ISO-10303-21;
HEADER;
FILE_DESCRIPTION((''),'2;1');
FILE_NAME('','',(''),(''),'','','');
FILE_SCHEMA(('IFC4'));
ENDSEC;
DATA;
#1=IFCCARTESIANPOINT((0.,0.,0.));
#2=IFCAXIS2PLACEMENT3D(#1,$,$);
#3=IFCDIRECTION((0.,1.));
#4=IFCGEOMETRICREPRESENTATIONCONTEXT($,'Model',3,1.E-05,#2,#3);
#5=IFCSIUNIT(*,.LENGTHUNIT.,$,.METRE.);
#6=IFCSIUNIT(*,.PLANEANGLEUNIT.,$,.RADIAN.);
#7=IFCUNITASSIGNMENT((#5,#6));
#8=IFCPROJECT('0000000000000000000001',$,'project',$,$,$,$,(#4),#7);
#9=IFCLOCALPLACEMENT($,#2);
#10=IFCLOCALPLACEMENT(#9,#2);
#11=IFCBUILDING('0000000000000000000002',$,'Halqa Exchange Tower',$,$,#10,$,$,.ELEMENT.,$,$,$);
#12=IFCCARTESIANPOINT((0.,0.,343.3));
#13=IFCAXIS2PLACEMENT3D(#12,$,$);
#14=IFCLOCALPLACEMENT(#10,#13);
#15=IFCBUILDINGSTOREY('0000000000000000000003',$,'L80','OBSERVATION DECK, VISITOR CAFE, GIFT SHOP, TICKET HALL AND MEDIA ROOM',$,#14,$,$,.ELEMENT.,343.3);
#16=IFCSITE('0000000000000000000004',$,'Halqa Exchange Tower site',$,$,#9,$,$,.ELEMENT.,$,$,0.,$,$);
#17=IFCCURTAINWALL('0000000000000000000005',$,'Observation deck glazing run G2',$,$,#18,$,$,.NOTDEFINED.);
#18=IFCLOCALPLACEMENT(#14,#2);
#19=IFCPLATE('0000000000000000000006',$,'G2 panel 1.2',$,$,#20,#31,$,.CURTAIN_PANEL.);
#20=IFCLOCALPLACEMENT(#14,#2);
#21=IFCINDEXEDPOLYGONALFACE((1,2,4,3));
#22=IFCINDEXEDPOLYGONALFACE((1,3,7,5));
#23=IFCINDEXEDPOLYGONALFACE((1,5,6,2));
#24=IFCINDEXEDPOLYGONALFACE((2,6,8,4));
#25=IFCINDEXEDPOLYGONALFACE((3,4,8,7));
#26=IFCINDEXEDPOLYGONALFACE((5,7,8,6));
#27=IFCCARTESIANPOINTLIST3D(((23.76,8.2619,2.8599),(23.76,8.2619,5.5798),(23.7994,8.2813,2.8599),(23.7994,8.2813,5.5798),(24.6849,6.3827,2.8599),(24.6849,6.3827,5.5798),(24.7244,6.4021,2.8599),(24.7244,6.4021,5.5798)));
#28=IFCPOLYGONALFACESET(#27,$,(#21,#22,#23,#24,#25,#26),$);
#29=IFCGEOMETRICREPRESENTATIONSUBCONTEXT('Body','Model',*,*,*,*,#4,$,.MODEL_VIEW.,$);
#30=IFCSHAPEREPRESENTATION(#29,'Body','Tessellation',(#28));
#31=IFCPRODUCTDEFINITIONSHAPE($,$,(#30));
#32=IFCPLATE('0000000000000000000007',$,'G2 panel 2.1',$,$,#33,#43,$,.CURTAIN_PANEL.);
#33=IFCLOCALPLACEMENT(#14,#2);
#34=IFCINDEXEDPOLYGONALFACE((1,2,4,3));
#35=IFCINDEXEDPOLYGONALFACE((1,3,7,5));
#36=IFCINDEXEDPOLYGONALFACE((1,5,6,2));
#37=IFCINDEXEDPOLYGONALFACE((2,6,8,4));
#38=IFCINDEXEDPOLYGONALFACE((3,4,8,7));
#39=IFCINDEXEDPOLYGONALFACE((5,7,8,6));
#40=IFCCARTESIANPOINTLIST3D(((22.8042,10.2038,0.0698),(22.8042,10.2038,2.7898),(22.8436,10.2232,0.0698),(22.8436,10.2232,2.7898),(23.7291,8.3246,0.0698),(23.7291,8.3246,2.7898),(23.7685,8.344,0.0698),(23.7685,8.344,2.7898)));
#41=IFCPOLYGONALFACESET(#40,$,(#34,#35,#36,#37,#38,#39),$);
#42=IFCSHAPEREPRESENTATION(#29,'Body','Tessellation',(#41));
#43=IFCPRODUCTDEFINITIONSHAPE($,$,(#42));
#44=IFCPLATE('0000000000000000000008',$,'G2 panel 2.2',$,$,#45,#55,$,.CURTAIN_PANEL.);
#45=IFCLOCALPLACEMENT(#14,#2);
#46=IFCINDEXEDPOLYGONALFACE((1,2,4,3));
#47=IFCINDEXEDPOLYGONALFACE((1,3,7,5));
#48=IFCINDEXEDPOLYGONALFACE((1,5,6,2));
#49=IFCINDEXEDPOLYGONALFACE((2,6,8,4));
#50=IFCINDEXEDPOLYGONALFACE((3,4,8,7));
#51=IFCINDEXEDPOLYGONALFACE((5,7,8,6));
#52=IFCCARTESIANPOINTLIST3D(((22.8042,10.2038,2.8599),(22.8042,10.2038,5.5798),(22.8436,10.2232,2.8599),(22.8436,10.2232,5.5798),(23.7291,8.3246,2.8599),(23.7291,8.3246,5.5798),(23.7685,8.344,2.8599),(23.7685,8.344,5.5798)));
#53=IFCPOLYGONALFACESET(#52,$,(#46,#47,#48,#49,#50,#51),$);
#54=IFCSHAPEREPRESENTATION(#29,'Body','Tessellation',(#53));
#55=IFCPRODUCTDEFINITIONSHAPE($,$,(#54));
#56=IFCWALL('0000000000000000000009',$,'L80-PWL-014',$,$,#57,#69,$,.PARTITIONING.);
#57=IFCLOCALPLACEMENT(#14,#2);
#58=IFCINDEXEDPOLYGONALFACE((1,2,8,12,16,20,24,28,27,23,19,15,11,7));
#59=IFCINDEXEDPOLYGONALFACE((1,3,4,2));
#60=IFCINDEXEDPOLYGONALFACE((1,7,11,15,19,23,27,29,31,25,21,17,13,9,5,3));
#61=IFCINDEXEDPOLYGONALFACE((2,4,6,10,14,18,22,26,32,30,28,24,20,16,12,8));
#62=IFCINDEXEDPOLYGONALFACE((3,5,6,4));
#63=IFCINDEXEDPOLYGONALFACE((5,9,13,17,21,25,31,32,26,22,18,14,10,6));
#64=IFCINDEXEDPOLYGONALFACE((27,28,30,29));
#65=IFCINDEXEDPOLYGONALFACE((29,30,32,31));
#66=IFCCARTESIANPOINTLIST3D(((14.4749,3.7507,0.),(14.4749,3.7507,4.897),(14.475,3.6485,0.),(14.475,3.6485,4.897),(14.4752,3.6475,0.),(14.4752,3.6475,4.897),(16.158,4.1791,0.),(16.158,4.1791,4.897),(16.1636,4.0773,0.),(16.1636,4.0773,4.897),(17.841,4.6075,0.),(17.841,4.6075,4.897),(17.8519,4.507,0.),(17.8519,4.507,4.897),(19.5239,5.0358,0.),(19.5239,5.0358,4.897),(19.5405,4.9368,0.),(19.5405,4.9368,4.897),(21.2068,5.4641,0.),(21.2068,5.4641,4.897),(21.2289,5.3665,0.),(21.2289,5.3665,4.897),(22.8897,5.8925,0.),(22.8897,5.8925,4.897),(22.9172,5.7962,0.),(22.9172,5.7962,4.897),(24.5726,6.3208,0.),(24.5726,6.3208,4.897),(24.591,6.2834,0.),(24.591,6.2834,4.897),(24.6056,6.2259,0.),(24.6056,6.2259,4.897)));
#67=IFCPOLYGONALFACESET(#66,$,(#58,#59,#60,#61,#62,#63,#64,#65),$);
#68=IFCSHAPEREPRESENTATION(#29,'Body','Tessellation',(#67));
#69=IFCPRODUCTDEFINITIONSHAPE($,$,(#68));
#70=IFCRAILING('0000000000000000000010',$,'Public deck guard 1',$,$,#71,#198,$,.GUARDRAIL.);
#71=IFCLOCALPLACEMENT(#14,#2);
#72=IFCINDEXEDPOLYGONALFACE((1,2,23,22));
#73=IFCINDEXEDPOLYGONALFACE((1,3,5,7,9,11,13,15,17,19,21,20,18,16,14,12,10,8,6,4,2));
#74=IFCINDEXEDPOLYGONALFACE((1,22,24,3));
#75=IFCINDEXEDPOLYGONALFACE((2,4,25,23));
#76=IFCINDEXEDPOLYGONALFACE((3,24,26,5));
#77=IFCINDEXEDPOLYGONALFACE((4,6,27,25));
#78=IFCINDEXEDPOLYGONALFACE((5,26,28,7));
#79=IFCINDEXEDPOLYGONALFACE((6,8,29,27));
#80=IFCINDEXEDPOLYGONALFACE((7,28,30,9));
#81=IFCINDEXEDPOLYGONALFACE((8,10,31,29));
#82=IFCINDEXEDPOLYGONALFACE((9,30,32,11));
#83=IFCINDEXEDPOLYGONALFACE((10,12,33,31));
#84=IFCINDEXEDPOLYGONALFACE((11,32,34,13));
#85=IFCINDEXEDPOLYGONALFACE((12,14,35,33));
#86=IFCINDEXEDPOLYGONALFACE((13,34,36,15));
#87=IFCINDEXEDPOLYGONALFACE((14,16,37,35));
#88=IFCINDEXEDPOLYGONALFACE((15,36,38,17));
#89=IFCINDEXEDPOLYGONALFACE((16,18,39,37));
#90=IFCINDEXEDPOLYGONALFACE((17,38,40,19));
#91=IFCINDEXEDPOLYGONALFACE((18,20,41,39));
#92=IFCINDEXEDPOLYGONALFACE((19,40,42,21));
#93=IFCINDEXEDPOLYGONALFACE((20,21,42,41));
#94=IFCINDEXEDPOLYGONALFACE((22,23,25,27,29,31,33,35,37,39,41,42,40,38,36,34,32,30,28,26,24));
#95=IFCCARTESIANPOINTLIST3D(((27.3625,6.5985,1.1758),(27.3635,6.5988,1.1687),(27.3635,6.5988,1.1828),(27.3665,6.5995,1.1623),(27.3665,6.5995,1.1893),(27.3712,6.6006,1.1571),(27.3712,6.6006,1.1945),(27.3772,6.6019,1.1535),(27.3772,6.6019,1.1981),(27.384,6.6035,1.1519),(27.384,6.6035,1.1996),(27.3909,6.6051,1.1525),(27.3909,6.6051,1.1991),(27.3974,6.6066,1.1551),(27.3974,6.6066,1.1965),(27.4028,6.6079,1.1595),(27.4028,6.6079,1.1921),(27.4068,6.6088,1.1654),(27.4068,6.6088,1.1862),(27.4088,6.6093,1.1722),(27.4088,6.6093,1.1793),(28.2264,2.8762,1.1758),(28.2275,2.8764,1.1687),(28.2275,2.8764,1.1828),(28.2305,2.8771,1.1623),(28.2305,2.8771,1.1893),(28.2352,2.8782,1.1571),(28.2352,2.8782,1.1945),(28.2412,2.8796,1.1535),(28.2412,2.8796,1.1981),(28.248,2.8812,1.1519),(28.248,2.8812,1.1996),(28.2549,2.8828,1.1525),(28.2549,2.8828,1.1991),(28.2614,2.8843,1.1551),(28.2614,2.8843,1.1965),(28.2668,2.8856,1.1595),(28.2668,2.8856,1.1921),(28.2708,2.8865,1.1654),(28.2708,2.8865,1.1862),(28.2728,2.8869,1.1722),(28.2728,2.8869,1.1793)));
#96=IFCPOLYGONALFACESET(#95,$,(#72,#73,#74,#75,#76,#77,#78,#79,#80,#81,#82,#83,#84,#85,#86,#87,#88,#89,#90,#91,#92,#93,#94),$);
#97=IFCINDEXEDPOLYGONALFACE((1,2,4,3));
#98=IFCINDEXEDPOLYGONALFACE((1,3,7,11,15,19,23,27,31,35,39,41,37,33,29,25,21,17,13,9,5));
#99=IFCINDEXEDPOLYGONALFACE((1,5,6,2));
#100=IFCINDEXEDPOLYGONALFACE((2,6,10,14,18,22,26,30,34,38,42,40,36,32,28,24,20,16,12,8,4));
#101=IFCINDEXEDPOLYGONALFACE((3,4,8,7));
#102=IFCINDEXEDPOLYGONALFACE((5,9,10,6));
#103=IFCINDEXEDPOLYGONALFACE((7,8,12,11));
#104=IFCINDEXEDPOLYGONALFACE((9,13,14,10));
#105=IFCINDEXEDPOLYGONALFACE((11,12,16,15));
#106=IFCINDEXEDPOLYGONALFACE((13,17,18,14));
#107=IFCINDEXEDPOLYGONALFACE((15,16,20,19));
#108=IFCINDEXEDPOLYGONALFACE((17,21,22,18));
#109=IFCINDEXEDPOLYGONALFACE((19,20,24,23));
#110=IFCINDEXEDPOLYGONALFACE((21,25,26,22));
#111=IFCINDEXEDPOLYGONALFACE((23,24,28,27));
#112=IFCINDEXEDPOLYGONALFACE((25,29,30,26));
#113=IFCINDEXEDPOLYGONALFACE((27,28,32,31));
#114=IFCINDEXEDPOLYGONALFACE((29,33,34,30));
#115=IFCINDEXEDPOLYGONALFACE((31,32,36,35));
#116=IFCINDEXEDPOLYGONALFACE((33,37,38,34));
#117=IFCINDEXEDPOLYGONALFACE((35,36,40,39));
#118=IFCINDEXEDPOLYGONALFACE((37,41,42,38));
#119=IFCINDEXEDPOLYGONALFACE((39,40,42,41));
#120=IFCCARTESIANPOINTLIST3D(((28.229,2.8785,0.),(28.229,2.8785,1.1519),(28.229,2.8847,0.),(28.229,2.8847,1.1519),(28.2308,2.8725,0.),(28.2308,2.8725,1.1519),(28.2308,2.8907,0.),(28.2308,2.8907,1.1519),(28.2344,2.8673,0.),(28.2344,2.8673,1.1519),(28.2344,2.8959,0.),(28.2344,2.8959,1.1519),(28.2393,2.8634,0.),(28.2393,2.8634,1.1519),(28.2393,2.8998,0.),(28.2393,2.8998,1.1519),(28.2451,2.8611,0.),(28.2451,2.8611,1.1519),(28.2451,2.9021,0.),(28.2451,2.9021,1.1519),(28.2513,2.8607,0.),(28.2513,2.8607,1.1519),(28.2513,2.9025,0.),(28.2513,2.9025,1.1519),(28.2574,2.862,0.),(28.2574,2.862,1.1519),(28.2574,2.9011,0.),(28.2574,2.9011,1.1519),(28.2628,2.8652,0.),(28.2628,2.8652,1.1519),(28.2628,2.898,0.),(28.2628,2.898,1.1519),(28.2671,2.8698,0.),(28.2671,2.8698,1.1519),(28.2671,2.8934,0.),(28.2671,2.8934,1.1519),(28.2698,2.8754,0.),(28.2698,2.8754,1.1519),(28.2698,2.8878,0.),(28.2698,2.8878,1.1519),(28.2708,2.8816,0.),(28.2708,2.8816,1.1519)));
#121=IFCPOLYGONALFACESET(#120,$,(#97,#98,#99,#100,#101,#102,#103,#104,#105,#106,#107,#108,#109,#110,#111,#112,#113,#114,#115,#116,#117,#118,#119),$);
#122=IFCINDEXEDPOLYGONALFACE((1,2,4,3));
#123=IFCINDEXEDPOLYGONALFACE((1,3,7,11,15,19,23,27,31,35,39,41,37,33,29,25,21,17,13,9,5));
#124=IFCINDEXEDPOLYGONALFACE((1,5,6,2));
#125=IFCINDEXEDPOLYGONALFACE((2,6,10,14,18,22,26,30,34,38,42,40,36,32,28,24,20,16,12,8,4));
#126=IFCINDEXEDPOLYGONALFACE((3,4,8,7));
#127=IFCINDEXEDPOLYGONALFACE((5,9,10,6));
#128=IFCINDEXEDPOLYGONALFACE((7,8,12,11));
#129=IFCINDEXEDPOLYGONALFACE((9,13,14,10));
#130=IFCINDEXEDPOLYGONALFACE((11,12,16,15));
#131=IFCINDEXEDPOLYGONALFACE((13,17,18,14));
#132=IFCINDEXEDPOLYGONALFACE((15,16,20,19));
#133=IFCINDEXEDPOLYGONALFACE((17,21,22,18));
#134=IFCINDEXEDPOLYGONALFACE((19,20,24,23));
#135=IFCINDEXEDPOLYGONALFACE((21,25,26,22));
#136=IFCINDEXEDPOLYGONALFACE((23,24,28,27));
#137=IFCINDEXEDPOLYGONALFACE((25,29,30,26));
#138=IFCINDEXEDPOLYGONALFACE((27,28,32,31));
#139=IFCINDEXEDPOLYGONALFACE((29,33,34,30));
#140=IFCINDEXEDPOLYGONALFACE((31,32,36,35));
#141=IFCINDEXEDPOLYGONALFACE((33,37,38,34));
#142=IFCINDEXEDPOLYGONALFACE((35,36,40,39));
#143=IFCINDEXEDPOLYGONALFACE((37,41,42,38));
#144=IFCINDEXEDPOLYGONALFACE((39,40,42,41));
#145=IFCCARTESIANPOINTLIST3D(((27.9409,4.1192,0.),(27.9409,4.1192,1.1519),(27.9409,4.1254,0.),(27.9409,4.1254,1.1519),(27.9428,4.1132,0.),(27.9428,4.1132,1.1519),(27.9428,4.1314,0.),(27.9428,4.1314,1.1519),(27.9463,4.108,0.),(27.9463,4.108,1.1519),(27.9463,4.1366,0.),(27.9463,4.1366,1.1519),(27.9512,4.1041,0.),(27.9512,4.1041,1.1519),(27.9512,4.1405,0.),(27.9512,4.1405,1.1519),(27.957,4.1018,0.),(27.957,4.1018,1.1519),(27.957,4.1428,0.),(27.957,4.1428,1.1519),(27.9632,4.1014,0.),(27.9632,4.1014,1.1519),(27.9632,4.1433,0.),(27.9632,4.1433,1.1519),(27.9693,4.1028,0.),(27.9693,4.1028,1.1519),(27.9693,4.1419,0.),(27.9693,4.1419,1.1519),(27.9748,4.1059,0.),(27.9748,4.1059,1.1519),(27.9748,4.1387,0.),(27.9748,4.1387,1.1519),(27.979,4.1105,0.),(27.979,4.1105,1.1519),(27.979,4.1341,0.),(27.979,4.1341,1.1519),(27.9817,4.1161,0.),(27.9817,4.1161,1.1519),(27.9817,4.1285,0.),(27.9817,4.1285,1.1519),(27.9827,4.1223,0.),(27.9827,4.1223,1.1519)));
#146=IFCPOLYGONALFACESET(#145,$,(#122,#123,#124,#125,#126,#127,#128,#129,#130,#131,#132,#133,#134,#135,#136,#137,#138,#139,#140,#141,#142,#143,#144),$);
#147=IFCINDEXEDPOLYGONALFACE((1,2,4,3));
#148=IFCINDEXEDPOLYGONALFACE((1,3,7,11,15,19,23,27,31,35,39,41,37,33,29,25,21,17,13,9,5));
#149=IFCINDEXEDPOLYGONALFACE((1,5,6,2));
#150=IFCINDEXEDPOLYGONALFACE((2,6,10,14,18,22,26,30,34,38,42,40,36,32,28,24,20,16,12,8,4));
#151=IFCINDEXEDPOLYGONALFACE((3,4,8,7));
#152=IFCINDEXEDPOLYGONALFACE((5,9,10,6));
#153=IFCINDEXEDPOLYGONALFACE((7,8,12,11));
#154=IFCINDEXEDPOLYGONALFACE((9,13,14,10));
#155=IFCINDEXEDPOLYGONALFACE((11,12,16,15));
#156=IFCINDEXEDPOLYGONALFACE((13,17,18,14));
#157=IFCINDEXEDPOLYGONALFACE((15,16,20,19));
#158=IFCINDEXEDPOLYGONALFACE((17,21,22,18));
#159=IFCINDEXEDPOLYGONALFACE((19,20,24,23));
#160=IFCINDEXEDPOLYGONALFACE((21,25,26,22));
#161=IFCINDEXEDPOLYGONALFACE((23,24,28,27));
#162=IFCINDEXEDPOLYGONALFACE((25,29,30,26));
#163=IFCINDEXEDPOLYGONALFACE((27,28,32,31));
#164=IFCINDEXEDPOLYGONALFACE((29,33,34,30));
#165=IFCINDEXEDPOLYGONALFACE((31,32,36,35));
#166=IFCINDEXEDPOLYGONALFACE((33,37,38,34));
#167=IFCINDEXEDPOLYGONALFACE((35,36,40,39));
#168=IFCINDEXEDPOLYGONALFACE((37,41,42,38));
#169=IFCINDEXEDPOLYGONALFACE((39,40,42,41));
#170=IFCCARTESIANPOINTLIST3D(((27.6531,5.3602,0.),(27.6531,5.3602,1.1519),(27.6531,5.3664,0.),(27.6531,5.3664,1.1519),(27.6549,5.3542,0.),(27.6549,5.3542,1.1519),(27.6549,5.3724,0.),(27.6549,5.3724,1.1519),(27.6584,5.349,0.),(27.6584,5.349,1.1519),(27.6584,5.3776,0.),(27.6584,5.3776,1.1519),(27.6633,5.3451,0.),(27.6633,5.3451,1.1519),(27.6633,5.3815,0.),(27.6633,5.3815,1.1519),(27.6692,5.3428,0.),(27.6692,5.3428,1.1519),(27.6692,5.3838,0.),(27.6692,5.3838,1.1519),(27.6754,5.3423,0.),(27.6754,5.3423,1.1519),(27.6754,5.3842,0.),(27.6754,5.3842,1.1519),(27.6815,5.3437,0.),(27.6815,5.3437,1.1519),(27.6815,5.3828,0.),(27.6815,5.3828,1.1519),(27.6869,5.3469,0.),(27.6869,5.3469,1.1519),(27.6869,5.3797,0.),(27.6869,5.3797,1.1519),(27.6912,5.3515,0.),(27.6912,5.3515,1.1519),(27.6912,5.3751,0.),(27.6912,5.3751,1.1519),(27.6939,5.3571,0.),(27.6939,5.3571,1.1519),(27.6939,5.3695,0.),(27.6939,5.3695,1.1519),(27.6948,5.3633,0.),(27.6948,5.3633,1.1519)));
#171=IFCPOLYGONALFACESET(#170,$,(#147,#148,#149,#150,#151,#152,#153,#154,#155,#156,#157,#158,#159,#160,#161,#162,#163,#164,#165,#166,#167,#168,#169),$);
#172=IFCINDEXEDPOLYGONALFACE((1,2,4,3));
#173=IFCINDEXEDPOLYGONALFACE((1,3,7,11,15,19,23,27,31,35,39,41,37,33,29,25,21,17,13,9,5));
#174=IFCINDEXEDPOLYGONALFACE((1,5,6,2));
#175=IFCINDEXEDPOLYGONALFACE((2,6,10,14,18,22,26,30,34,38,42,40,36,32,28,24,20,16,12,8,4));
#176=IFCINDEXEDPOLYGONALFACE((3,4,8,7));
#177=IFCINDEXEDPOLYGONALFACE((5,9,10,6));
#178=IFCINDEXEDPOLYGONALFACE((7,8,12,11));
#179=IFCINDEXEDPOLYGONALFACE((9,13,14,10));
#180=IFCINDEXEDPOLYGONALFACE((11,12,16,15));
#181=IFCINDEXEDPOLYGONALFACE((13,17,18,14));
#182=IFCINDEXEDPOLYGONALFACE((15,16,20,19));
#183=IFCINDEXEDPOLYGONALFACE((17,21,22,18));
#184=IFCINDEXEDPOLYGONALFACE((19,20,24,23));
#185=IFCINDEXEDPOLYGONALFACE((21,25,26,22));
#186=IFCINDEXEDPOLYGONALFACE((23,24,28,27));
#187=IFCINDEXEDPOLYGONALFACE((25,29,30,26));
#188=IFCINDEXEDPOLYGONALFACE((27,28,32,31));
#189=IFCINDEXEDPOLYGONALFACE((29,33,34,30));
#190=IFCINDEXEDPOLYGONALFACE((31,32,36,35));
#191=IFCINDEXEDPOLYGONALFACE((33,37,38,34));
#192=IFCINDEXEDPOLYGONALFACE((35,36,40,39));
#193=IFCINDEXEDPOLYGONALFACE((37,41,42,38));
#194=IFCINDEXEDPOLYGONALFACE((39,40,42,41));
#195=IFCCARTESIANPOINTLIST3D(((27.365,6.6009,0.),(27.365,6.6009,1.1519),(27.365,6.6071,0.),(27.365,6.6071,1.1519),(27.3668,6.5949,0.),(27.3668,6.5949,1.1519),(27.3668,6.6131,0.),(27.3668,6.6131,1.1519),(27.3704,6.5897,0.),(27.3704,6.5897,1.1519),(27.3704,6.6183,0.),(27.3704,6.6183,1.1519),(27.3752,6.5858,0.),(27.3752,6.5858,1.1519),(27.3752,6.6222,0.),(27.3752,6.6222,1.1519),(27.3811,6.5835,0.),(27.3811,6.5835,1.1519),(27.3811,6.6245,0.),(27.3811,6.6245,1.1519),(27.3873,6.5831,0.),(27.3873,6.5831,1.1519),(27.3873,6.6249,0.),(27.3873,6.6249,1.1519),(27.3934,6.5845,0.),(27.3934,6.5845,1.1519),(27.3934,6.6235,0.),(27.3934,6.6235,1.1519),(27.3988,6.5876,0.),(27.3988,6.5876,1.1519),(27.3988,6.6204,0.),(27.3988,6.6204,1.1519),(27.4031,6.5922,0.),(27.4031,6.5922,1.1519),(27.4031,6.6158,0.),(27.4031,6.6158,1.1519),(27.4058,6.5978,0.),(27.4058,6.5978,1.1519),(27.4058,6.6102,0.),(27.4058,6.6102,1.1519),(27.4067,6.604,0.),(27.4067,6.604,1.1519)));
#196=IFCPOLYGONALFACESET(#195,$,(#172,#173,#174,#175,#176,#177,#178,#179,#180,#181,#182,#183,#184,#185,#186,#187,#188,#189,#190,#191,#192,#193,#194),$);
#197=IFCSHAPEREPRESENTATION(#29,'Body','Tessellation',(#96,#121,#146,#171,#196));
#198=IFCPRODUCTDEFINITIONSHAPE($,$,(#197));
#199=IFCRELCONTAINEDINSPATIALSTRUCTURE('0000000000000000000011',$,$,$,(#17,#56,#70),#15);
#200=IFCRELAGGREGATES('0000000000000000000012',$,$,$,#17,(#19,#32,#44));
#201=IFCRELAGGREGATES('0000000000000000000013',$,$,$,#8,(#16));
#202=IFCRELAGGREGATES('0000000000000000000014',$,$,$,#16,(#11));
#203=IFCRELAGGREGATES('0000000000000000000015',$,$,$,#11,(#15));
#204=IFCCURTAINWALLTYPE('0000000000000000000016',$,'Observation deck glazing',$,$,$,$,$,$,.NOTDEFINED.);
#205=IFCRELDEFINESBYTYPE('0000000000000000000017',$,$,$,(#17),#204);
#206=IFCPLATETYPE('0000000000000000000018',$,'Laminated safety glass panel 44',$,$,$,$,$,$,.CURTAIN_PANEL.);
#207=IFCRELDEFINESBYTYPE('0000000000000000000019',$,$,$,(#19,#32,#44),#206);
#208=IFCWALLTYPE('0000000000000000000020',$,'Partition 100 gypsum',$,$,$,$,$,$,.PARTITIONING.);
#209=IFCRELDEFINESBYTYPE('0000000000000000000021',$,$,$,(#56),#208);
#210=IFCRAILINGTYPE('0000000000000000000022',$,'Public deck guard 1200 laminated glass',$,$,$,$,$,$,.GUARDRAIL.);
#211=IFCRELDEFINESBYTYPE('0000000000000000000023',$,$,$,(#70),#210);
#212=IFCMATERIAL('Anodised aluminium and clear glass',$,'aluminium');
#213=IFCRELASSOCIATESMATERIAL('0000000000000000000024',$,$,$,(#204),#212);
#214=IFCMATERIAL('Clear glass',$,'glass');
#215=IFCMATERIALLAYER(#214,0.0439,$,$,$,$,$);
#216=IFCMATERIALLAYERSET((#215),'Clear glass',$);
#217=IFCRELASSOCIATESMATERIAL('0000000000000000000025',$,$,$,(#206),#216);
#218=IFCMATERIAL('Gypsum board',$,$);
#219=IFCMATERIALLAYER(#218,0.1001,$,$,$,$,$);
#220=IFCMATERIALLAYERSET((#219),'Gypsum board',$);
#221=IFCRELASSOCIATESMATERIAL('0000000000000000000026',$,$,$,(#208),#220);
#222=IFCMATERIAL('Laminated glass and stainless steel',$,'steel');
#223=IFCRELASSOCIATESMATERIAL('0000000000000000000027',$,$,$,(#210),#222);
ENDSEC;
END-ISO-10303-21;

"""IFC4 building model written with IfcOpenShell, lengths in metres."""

from ifc_helpers import new_model, si_unit, direction, frame, origin, origin_2d, place, context, subcontext, project, spatial, polyline, rectangle, circle, outline, extrude, material, layer, layer_set, type_object, element, aggregate, save


model = new_model("IFC4")

# Units and contexts
model_context = context("Model", 3, precision=1e-05, world=origin(), true_north=direction((0.0, 1.0)))
body_context = subcontext(model_context, "Body", "Model", "MODEL_VIEW")
ifc_project = project(units=[si_unit("LENGTHUNIT", "METRE"), si_unit("PLANEANGLEUNIT", "RADIAN")], contexts=[model_context])

# Site, building, storey
site_placement = place(None, origin())
site = spatial("IfcSite", under=ifc_project, at=site_placement, Name="Halqa Exchange Tower site", CompositionType="ELEMENT", RefElevation=0.0)
building_placement = place(site_placement, origin())
building = spatial("IfcBuilding", under=site, at=building_placement, Name="Halqa Exchange Tower", CompositionType="ELEMENT")
storey_placement = place(building_placement, frame((0.0, 0.0, 343.3)))
storey = spatial("IfcBuildingStorey", under=building, at=storey_placement, Name="L80", Description="OBSERVATION DECK, VISITOR CAFE, GIFT SHOP, TICKET HALL AND MEDIA ROOM", CompositionType="ELEMENT", Elevation=343.3)

# Curtain wall
ifc_material_1 = material(Name="Anodised aluminium and clear glass", Category="aluminium")
curtain_wall_type = type_object("IfcCurtainWallType", Name="Observation deck glazing", PredefinedType="NOTDEFINED", material=ifc_material_1)
curtain_wall_1_placement = place(storey_placement, origin())
curtain_wall_1 = element("IfcCurtainWall", 1, at=curtain_wall_1_placement, inside=storey, type_object=curtain_wall_type, Name="Observation deck glazing run G2", PredefinedType="NOTDEFINED")

# Plates
ifc_material_2 = material(Name="Clear glass", Category="glass")
ifc_layer_1 = layer(ifc_material_2, 0.0439)
ifc_layer_set_1 = layer_set([ifc_layer_1], Name="Clear glass")
plate_type = type_object("IfcPlateType", Name="Laminated safety glass panel 44", PredefinedType="CURTAIN_PANEL", material=ifc_layer_set_1)
plate_1_placement = place(storey_placement, frame((24.2422, 7.332, 2.8599), z_axis=(0.0, 0.0, 1.0), x_axis=(-0.441595, 0.897215, 0.0)))
plate_1 = element("IfcPlate", 2, at=plate_1_placement, type_object=plate_type, Name="G2 panel 1.2", PredefinedType="CURTAIN_PANEL", context=body_context, shape_type="SweptSolid", body=[
    extrude(rectangle(XDim=2.0945, YDim=0.0439, at=origin_2d()), origin(), (0.0, 0.0, 1.0), 2.72),
])
plate_2_placement = place(storey_placement, frame((23.2864, 9.2739, 0.0698), z_axis=(0.0, 0.0, 1.0), x_axis=(-0.441595, 0.897215, 0.0)))
plate_2 = element("IfcPlate", 3, at=plate_2_placement, type_object=plate_type, Name="G2 panel 2.1", PredefinedType="CURTAIN_PANEL", context=body_context, shape_type="SweptSolid", body=[
    extrude(rectangle(XDim=2.0945, YDim=0.0439, at=origin_2d()), origin(), (0.0, 0.0, 1.0), 2.72),
])
plate_3_placement = place(storey_placement, frame((23.2864, 9.2739, 2.8599), z_axis=(0.0, 0.0, 1.0), x_axis=(-0.441595, 0.897215, 0.0)))
plate_3 = element("IfcPlate", 4, at=plate_3_placement, type_object=plate_type, Name="G2 panel 2.2", PredefinedType="CURTAIN_PANEL", context=body_context, shape_type="SweptSolid", body=[
    extrude(rectangle(XDim=2.0945, YDim=0.0439, at=origin_2d()), origin(), (0.0, 0.0, 1.0), 2.72),
])
aggregate(curtain_wall_1, [plate_1, plate_2, plate_3])

# Wall
ifc_material_3 = material(Name="Gypsum board")
ifc_layer_2 = layer(ifc_material_3, 0.1001)
ifc_layer_set_2 = layer_set([ifc_layer_2], Name="Gypsum board")
wall_type = type_object("IfcWallType", Name="Partition 100 gypsum", PredefinedType="PARTITIONING", material=ifc_layer_set_2)
wall_placement = place(storey_placement, frame((24.5933, 6.2744, 0.0), z_axis=(0.0, 0.0, 1.0), x_axis=(-0.969103, -0.246655, 0.0)))
element("IfcWall", 5, at=wall_placement, inside=storey, type_object=wall_type, Name="L80-PWL-014", PredefinedType="PARTITIONING", context=body_context, shape_type="SweptSolid", body=[
    extrude(outline(polyline([(0.0085, -0.05), (1.7451, -0.05), (3.4817, -0.05), (5.2183, -0.05), (6.9548, -0.05), (8.6914, -0.05), (10.4282, -0.05), (10.4534, 0.0491), (10.4534, 0.05), (8.7112, 0.05), (6.969, 0.05), (5.2266, 0.05), (3.4844, 0.05), (1.7422, 0.05), (0.0, 0.05), (0.0, -0.0093), (0.0085, -0.05)])), origin(), (0.0, 0.0, 1.0), 4.897),
])

# Railing
ifc_material_4 = material(Name="Laminated glass and stainless steel", Category="steel")
railing_type = type_object("IfcRailingType", Name="Public deck guard 1200 laminated glass", PredefinedType="GUARDRAIL", material=ifc_material_4)
railing_1_placement = place(storey_placement, frame((28.2498, 2.8816, 0.0)))
element("IfcRailing", 6, at=railing_1_placement, inside=storey, type_object=railing_type, Name="Public deck guard 1", PredefinedType="GUARDRAIL", context=body_context, shape_type="SweptSolid", body=[
    extrude(circle(Radius=0.0239, at=origin_2d()), frame((0.0, 0.0, 1.1758), z_axis=(-0.2261, 0.974104, 0.0), x_axis=(-0.974104, -0.2261, 0.0)), (0.0, 0.0, 1.0), 3.8213),
    extrude(circle(Radius=0.021, at=origin_2d()), origin(), (0.0, 0.0, 1.0), 1.1519),
    extrude(circle(Radius=0.021, at=origin_2d()), frame((-0.2881, 1.2407, 0.0)), (0.0, 0.0, 1.0), 1.1519),
    extrude(circle(Radius=0.021, at=origin_2d()), frame((-0.5759, 2.4817, 0.0)), (0.0, 0.0, 1.0), 1.1519),
    extrude(circle(Radius=0.021, at=origin_2d()), frame((-0.864, 3.7224, 0.0)), (0.0, 0.0, 1.0), 1.1519),
])

save(model, "model.ifc")
